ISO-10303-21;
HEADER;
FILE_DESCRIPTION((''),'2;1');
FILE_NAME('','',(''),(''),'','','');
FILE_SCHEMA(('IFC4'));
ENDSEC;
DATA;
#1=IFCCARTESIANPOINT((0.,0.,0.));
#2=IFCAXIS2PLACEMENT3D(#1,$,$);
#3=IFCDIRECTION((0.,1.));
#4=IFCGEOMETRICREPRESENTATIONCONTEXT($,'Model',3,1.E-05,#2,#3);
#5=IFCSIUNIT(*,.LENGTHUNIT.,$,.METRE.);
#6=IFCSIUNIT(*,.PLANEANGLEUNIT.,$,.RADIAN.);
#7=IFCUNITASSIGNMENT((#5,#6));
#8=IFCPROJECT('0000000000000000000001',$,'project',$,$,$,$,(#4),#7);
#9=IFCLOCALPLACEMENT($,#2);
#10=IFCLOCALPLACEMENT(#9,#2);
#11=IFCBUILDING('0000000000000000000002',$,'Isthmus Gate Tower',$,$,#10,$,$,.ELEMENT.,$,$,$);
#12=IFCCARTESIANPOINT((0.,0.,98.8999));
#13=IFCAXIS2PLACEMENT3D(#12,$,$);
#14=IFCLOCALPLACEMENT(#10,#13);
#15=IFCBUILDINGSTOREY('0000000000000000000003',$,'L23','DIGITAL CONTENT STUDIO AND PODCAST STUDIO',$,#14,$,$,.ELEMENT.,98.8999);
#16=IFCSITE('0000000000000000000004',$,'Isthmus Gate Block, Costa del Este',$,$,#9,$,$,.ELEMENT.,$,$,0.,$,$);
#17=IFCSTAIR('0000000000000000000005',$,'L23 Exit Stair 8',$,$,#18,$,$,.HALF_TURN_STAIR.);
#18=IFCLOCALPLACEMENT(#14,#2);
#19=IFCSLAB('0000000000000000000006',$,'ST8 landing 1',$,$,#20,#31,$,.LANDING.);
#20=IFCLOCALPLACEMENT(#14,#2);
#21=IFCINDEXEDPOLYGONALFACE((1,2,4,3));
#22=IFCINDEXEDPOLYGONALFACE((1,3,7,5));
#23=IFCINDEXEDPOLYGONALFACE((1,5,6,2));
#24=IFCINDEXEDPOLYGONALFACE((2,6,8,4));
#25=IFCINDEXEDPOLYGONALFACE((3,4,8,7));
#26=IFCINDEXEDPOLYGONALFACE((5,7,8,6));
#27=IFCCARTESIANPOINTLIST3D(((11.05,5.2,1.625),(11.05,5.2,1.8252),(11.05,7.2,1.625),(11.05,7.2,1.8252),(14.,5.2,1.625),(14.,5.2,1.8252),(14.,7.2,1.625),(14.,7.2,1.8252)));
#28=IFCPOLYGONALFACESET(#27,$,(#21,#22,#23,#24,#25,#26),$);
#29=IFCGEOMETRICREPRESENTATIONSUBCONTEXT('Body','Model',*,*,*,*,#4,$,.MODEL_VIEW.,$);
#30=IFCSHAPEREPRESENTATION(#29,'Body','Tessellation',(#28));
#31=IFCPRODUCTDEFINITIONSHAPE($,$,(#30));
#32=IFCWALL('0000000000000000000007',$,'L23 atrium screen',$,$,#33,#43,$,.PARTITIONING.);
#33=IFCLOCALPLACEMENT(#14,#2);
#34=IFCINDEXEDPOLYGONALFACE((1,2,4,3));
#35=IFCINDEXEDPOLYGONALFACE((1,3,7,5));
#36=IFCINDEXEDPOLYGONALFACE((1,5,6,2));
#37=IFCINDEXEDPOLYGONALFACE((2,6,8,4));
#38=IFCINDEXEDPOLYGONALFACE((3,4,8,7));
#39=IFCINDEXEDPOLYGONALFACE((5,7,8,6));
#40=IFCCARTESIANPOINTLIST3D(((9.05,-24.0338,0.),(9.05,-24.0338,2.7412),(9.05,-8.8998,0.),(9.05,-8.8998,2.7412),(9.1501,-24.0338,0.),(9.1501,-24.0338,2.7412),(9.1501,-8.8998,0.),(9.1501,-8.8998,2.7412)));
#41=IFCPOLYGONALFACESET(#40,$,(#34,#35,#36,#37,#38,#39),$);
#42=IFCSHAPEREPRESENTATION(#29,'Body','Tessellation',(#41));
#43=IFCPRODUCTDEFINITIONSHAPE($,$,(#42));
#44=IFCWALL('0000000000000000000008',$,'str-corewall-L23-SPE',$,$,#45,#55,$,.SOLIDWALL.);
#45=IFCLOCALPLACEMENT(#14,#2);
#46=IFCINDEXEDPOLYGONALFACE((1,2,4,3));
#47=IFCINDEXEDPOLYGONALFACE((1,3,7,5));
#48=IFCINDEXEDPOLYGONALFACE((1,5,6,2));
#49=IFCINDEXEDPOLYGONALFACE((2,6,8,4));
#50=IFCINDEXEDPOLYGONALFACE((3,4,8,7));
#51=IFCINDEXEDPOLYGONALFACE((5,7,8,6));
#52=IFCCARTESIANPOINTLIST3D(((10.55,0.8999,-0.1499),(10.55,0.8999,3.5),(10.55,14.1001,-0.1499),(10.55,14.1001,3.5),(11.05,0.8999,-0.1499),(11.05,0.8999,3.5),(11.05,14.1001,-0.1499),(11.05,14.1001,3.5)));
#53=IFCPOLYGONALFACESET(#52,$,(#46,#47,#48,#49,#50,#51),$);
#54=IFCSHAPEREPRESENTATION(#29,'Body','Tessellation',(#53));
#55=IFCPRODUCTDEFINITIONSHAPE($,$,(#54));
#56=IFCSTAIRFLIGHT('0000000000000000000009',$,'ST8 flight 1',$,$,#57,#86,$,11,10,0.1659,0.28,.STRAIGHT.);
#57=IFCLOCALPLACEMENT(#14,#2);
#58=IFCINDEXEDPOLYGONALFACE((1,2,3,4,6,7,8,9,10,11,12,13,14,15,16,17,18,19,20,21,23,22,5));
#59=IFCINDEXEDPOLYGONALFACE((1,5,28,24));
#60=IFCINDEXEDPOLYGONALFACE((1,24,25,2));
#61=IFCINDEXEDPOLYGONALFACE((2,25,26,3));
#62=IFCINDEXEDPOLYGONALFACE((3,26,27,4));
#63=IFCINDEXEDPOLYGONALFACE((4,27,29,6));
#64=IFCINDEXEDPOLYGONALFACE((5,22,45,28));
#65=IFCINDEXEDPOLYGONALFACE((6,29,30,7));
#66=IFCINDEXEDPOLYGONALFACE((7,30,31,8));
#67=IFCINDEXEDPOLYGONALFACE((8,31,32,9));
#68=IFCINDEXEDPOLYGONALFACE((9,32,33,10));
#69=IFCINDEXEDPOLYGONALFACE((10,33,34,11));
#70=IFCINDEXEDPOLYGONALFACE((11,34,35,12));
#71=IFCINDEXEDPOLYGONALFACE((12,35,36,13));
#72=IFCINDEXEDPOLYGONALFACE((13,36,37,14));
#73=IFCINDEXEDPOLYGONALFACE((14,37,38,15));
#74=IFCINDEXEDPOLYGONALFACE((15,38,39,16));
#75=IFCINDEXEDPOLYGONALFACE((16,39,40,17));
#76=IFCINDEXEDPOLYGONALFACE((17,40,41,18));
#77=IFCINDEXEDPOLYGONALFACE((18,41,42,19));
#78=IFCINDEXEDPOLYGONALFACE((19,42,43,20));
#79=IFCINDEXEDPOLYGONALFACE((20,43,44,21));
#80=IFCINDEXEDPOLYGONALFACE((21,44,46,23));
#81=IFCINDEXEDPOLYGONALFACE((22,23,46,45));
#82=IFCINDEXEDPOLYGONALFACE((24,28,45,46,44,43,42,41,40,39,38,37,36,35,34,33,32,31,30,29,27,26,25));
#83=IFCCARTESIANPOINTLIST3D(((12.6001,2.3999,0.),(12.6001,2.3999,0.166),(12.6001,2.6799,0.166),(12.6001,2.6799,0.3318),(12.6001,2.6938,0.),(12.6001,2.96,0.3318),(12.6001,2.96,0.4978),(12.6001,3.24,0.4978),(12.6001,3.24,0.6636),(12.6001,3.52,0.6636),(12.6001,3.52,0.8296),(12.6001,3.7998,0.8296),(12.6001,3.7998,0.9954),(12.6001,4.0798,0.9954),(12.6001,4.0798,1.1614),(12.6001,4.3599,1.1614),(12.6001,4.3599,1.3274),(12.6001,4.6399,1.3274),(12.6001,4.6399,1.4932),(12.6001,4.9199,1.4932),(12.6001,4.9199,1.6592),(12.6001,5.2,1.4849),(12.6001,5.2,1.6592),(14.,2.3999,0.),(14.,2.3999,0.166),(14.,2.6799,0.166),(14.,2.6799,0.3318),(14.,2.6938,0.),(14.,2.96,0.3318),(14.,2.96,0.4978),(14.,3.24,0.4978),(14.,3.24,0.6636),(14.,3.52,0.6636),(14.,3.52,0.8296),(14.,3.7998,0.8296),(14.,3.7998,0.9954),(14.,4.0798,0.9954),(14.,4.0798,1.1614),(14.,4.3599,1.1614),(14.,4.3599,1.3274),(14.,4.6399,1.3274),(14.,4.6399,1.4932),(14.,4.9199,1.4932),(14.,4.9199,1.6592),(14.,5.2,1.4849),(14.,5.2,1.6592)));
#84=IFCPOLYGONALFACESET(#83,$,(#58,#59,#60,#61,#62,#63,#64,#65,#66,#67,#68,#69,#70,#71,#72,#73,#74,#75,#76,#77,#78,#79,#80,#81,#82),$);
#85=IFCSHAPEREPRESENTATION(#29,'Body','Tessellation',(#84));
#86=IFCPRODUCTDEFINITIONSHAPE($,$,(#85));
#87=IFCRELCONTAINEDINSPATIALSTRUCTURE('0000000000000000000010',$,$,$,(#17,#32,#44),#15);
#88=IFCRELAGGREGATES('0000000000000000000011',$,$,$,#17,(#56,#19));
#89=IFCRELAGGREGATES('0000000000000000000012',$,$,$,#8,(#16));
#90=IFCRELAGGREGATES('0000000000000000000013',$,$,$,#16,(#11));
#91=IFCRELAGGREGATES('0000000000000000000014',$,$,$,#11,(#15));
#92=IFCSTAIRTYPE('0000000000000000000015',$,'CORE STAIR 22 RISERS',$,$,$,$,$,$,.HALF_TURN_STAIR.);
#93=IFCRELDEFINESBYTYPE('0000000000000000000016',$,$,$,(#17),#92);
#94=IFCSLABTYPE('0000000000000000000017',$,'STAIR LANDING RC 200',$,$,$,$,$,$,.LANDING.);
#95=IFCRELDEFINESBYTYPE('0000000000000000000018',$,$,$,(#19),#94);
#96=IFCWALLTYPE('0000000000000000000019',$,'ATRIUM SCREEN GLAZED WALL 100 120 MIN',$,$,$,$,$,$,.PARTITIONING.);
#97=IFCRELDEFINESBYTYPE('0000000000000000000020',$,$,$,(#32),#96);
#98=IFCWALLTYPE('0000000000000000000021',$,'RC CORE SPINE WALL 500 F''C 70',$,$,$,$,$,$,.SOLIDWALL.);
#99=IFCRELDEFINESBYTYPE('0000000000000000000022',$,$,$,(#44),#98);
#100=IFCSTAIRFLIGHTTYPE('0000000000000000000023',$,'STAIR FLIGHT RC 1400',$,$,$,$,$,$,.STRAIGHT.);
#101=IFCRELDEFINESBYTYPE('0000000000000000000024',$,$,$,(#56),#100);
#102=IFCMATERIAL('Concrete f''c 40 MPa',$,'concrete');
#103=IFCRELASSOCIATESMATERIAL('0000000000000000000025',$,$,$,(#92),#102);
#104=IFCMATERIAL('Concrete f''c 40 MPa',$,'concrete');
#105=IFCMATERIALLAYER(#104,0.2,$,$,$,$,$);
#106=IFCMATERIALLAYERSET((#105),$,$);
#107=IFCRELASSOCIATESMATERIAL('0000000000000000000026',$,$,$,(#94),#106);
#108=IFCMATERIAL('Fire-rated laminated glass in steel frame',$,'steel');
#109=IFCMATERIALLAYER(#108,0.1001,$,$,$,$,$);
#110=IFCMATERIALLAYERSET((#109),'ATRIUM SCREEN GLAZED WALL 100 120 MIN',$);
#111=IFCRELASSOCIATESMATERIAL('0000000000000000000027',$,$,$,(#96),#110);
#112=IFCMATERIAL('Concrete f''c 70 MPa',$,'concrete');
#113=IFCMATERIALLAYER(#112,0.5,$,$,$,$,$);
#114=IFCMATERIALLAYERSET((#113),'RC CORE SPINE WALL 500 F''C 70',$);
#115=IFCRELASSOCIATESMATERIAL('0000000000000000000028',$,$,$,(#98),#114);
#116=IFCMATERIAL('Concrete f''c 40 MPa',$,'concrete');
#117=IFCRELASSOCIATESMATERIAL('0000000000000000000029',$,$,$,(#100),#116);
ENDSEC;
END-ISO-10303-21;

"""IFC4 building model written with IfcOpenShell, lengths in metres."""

from ifc_helpers import new_model, si_unit, direction, frame, frame_2d, origin, place, context, subcontext, project, spatial, polyline, rectangle, outline, extrude, material, layer, layer_set, type_object, element, aggregate, save


model = new_model("IFC4")

# Units and contexts
model_context = context("Model", 3, precision=1e-05, world=origin(), true_north=direction((0.0, 1.0)))
body_context = subcontext(model_context, "Body", "Model", "MODEL_VIEW")
ifc_project = project(units=[si_unit("LENGTHUNIT", "METRE"), si_unit("PLANEANGLEUNIT", "RADIAN")], contexts=[model_context])

# Site, building, storey
site_placement = place(None, origin())
site = spatial("IfcSite", under=ifc_project, at=site_placement, Name="Isthmus Gate Block, Costa del Este", CompositionType="ELEMENT", RefElevation=0.0)
building_placement = place(site_placement, origin())
building = spatial("IfcBuilding", under=site, at=building_placement, Name="Isthmus Gate Tower", CompositionType="ELEMENT")
storey_placement = place(building_placement, frame((0.0, 0.0, 98.8999)))
storey = spatial("IfcBuildingStorey", under=building, at=storey_placement, Name="L23", Description="DIGITAL CONTENT STUDIO AND PODCAST STUDIO", CompositionType="ELEMENT", Elevation=98.8999)

# Stair, slab
ifc_material_1 = material(Name="Concrete f'c 40 MPa", Category="concrete")
stair_type = type_object("IfcStairType", Name="CORE STAIR 22 RISERS", PredefinedType="HALF_TURN_STAIR", material=ifc_material_1)
ifc_material_2 = material(Name="Concrete f'c 40 MPa", Category="concrete")
ifc_layer_1 = layer(ifc_material_2, 0.2)
ifc_layer_set_1 = layer_set([ifc_layer_1])
slab_type_1 = type_object("IfcSlabType", Name="STAIR LANDING RC 200", PredefinedType="LANDING", material=ifc_layer_set_1)
stair_1_placement = place(storey_placement, origin())
stair_1 = element("IfcStair", 1, at=stair_1_placement, inside=storey, type_object=stair_type, Name="L23 Exit Stair 8", PredefinedType="HALF_TURN_STAIR")
slab_1_placement = place(storey_placement, frame((0.0, 0.0, 1.625)))
slab_1 = element("IfcSlab", 2, at=slab_1_placement, type_object=slab_type_1, Name="ST8 landing 1", PredefinedType="LANDING", context=body_context, shape_type="SweptSolid", body=[
    extrude(outline(polyline([(14.0, 5.2), (14.0, 7.2), (11.05, 7.2), (11.05, 5.2), (14.0, 5.2)])), origin(), (0.0, 0.0, 1.0), 0.2002),
])

# Walls
ifc_material_3 = material(Name="Fire-rated laminated glass in steel frame", Category="steel")
ifc_layer_2 = layer(ifc_material_3, 0.1001)
ifc_layer_set_2 = layer_set([ifc_layer_2], Name="ATRIUM SCREEN GLAZED WALL 100 120 MIN")
wall_type_1 = type_object("IfcWallType", Name="ATRIUM SCREEN GLAZED WALL 100 120 MIN", PredefinedType="PARTITIONING", material=ifc_layer_set_2)
wall_1_placement = place(storey_placement, frame((9.1001, -8.8999, 0.0), z_axis=(0.0, 0.0, 1.0), x_axis=(0.0, -1.0, 0.0)))
element("IfcWall", 3, at=wall_1_placement, inside=storey, type_object=wall_type_1, Name="L23 atrium screen", PredefinedType="PARTITIONING", context=body_context, shape_type="SweptSolid", body=[
    extrude(rectangle(XDim=15.134, YDim=0.1001, at=frame_2d((7.5669, 0.0))), origin(), (0.0, 0.0, 1.0), 2.7412),
])
ifc_material_4 = material(Name="Concrete f'c 70 MPa", Category="concrete")
ifc_layer_3 = layer(ifc_material_4, 0.5)
ifc_layer_set_3 = layer_set([ifc_layer_3], Name="RC CORE SPINE WALL 500 F'C 70")
wall_type_2 = type_object("IfcWallType", Name="RC CORE SPINE WALL 500 F'C 70", PredefinedType="SOLIDWALL", material=ifc_layer_set_3)
wall_2_placement = place(storey_placement, frame((10.8, 0.8999, -0.1499), z_axis=(0.0, 0.0, 1.0), x_axis=(0.0, 1.0, 0.0)))
element("IfcWall", 4, at=wall_2_placement, inside=storey, type_object=wall_type_2, Name="str-corewall-L23-SPE", PredefinedType="SOLIDWALL", context=body_context, shape_type="SweptSolid", body=[
    extrude(rectangle(XDim=13.2002, YDim=0.5, at=frame_2d((6.6001, 0.0))), origin(), (0.0, 0.0, 1.0), 3.6499),
])

# Stair flight
ifc_material_5 = material(Name="Concrete f'c 40 MPa", Category="concrete")
stair_flight_type = type_object("IfcStairFlightType", Name="STAIR FLIGHT RC 1400", PredefinedType="STRAIGHT", material=ifc_material_5)
stair_flight_placement = place(storey_placement, frame((13.3, 2.3999, 0.0), z_axis=(0.0, 0.0, 1.0), x_axis=(0.0, 1.0, 0.0)))
stair_flight = element("IfcStairFlight", 5, at=stair_flight_placement, type_object=stair_flight_type, Name="ST8 flight 1", NumberOfRisers=11, NumberOfTreads=10, PredefinedType="STRAIGHT", RiserHeight=0.1659, TreadLength=0.28, context=body_context, shape_type="SweptSolid", body=[
    extrude(outline(polyline([(0.0, 0.0), (0.0, 0.166), (0.28, 0.166), (0.28, 0.3318), (0.5601, 0.3318), (0.5601, 0.4978), (0.8401, 0.4978), (0.8401, 0.6636), (1.1201, 0.6636), (1.1201, 0.8296), (1.3999, 0.8296), (1.3999, 0.9954), (1.6799, 0.9954), (1.6799, 1.1614), (1.96, 1.1614), (1.96, 1.3274), (2.24, 1.3274), (2.24, 1.4932), (2.52, 1.4932), (2.52, 1.6592), (2.8, 1.6592), (2.8, 1.825), (2.8, 1.4849), (0.2939, 0.0), (0.0, 0.0)])), frame((0.0, 0.7, 0.0), z_axis=(0.0, -1.0, 0.0), x_axis=(1.0, 0.0, 0.0)), (0.0, 0.0, 1.0), 1.3999),
])
aggregate(stair_1, [stair_flight, slab_1])

save(model, "model.ifc")
